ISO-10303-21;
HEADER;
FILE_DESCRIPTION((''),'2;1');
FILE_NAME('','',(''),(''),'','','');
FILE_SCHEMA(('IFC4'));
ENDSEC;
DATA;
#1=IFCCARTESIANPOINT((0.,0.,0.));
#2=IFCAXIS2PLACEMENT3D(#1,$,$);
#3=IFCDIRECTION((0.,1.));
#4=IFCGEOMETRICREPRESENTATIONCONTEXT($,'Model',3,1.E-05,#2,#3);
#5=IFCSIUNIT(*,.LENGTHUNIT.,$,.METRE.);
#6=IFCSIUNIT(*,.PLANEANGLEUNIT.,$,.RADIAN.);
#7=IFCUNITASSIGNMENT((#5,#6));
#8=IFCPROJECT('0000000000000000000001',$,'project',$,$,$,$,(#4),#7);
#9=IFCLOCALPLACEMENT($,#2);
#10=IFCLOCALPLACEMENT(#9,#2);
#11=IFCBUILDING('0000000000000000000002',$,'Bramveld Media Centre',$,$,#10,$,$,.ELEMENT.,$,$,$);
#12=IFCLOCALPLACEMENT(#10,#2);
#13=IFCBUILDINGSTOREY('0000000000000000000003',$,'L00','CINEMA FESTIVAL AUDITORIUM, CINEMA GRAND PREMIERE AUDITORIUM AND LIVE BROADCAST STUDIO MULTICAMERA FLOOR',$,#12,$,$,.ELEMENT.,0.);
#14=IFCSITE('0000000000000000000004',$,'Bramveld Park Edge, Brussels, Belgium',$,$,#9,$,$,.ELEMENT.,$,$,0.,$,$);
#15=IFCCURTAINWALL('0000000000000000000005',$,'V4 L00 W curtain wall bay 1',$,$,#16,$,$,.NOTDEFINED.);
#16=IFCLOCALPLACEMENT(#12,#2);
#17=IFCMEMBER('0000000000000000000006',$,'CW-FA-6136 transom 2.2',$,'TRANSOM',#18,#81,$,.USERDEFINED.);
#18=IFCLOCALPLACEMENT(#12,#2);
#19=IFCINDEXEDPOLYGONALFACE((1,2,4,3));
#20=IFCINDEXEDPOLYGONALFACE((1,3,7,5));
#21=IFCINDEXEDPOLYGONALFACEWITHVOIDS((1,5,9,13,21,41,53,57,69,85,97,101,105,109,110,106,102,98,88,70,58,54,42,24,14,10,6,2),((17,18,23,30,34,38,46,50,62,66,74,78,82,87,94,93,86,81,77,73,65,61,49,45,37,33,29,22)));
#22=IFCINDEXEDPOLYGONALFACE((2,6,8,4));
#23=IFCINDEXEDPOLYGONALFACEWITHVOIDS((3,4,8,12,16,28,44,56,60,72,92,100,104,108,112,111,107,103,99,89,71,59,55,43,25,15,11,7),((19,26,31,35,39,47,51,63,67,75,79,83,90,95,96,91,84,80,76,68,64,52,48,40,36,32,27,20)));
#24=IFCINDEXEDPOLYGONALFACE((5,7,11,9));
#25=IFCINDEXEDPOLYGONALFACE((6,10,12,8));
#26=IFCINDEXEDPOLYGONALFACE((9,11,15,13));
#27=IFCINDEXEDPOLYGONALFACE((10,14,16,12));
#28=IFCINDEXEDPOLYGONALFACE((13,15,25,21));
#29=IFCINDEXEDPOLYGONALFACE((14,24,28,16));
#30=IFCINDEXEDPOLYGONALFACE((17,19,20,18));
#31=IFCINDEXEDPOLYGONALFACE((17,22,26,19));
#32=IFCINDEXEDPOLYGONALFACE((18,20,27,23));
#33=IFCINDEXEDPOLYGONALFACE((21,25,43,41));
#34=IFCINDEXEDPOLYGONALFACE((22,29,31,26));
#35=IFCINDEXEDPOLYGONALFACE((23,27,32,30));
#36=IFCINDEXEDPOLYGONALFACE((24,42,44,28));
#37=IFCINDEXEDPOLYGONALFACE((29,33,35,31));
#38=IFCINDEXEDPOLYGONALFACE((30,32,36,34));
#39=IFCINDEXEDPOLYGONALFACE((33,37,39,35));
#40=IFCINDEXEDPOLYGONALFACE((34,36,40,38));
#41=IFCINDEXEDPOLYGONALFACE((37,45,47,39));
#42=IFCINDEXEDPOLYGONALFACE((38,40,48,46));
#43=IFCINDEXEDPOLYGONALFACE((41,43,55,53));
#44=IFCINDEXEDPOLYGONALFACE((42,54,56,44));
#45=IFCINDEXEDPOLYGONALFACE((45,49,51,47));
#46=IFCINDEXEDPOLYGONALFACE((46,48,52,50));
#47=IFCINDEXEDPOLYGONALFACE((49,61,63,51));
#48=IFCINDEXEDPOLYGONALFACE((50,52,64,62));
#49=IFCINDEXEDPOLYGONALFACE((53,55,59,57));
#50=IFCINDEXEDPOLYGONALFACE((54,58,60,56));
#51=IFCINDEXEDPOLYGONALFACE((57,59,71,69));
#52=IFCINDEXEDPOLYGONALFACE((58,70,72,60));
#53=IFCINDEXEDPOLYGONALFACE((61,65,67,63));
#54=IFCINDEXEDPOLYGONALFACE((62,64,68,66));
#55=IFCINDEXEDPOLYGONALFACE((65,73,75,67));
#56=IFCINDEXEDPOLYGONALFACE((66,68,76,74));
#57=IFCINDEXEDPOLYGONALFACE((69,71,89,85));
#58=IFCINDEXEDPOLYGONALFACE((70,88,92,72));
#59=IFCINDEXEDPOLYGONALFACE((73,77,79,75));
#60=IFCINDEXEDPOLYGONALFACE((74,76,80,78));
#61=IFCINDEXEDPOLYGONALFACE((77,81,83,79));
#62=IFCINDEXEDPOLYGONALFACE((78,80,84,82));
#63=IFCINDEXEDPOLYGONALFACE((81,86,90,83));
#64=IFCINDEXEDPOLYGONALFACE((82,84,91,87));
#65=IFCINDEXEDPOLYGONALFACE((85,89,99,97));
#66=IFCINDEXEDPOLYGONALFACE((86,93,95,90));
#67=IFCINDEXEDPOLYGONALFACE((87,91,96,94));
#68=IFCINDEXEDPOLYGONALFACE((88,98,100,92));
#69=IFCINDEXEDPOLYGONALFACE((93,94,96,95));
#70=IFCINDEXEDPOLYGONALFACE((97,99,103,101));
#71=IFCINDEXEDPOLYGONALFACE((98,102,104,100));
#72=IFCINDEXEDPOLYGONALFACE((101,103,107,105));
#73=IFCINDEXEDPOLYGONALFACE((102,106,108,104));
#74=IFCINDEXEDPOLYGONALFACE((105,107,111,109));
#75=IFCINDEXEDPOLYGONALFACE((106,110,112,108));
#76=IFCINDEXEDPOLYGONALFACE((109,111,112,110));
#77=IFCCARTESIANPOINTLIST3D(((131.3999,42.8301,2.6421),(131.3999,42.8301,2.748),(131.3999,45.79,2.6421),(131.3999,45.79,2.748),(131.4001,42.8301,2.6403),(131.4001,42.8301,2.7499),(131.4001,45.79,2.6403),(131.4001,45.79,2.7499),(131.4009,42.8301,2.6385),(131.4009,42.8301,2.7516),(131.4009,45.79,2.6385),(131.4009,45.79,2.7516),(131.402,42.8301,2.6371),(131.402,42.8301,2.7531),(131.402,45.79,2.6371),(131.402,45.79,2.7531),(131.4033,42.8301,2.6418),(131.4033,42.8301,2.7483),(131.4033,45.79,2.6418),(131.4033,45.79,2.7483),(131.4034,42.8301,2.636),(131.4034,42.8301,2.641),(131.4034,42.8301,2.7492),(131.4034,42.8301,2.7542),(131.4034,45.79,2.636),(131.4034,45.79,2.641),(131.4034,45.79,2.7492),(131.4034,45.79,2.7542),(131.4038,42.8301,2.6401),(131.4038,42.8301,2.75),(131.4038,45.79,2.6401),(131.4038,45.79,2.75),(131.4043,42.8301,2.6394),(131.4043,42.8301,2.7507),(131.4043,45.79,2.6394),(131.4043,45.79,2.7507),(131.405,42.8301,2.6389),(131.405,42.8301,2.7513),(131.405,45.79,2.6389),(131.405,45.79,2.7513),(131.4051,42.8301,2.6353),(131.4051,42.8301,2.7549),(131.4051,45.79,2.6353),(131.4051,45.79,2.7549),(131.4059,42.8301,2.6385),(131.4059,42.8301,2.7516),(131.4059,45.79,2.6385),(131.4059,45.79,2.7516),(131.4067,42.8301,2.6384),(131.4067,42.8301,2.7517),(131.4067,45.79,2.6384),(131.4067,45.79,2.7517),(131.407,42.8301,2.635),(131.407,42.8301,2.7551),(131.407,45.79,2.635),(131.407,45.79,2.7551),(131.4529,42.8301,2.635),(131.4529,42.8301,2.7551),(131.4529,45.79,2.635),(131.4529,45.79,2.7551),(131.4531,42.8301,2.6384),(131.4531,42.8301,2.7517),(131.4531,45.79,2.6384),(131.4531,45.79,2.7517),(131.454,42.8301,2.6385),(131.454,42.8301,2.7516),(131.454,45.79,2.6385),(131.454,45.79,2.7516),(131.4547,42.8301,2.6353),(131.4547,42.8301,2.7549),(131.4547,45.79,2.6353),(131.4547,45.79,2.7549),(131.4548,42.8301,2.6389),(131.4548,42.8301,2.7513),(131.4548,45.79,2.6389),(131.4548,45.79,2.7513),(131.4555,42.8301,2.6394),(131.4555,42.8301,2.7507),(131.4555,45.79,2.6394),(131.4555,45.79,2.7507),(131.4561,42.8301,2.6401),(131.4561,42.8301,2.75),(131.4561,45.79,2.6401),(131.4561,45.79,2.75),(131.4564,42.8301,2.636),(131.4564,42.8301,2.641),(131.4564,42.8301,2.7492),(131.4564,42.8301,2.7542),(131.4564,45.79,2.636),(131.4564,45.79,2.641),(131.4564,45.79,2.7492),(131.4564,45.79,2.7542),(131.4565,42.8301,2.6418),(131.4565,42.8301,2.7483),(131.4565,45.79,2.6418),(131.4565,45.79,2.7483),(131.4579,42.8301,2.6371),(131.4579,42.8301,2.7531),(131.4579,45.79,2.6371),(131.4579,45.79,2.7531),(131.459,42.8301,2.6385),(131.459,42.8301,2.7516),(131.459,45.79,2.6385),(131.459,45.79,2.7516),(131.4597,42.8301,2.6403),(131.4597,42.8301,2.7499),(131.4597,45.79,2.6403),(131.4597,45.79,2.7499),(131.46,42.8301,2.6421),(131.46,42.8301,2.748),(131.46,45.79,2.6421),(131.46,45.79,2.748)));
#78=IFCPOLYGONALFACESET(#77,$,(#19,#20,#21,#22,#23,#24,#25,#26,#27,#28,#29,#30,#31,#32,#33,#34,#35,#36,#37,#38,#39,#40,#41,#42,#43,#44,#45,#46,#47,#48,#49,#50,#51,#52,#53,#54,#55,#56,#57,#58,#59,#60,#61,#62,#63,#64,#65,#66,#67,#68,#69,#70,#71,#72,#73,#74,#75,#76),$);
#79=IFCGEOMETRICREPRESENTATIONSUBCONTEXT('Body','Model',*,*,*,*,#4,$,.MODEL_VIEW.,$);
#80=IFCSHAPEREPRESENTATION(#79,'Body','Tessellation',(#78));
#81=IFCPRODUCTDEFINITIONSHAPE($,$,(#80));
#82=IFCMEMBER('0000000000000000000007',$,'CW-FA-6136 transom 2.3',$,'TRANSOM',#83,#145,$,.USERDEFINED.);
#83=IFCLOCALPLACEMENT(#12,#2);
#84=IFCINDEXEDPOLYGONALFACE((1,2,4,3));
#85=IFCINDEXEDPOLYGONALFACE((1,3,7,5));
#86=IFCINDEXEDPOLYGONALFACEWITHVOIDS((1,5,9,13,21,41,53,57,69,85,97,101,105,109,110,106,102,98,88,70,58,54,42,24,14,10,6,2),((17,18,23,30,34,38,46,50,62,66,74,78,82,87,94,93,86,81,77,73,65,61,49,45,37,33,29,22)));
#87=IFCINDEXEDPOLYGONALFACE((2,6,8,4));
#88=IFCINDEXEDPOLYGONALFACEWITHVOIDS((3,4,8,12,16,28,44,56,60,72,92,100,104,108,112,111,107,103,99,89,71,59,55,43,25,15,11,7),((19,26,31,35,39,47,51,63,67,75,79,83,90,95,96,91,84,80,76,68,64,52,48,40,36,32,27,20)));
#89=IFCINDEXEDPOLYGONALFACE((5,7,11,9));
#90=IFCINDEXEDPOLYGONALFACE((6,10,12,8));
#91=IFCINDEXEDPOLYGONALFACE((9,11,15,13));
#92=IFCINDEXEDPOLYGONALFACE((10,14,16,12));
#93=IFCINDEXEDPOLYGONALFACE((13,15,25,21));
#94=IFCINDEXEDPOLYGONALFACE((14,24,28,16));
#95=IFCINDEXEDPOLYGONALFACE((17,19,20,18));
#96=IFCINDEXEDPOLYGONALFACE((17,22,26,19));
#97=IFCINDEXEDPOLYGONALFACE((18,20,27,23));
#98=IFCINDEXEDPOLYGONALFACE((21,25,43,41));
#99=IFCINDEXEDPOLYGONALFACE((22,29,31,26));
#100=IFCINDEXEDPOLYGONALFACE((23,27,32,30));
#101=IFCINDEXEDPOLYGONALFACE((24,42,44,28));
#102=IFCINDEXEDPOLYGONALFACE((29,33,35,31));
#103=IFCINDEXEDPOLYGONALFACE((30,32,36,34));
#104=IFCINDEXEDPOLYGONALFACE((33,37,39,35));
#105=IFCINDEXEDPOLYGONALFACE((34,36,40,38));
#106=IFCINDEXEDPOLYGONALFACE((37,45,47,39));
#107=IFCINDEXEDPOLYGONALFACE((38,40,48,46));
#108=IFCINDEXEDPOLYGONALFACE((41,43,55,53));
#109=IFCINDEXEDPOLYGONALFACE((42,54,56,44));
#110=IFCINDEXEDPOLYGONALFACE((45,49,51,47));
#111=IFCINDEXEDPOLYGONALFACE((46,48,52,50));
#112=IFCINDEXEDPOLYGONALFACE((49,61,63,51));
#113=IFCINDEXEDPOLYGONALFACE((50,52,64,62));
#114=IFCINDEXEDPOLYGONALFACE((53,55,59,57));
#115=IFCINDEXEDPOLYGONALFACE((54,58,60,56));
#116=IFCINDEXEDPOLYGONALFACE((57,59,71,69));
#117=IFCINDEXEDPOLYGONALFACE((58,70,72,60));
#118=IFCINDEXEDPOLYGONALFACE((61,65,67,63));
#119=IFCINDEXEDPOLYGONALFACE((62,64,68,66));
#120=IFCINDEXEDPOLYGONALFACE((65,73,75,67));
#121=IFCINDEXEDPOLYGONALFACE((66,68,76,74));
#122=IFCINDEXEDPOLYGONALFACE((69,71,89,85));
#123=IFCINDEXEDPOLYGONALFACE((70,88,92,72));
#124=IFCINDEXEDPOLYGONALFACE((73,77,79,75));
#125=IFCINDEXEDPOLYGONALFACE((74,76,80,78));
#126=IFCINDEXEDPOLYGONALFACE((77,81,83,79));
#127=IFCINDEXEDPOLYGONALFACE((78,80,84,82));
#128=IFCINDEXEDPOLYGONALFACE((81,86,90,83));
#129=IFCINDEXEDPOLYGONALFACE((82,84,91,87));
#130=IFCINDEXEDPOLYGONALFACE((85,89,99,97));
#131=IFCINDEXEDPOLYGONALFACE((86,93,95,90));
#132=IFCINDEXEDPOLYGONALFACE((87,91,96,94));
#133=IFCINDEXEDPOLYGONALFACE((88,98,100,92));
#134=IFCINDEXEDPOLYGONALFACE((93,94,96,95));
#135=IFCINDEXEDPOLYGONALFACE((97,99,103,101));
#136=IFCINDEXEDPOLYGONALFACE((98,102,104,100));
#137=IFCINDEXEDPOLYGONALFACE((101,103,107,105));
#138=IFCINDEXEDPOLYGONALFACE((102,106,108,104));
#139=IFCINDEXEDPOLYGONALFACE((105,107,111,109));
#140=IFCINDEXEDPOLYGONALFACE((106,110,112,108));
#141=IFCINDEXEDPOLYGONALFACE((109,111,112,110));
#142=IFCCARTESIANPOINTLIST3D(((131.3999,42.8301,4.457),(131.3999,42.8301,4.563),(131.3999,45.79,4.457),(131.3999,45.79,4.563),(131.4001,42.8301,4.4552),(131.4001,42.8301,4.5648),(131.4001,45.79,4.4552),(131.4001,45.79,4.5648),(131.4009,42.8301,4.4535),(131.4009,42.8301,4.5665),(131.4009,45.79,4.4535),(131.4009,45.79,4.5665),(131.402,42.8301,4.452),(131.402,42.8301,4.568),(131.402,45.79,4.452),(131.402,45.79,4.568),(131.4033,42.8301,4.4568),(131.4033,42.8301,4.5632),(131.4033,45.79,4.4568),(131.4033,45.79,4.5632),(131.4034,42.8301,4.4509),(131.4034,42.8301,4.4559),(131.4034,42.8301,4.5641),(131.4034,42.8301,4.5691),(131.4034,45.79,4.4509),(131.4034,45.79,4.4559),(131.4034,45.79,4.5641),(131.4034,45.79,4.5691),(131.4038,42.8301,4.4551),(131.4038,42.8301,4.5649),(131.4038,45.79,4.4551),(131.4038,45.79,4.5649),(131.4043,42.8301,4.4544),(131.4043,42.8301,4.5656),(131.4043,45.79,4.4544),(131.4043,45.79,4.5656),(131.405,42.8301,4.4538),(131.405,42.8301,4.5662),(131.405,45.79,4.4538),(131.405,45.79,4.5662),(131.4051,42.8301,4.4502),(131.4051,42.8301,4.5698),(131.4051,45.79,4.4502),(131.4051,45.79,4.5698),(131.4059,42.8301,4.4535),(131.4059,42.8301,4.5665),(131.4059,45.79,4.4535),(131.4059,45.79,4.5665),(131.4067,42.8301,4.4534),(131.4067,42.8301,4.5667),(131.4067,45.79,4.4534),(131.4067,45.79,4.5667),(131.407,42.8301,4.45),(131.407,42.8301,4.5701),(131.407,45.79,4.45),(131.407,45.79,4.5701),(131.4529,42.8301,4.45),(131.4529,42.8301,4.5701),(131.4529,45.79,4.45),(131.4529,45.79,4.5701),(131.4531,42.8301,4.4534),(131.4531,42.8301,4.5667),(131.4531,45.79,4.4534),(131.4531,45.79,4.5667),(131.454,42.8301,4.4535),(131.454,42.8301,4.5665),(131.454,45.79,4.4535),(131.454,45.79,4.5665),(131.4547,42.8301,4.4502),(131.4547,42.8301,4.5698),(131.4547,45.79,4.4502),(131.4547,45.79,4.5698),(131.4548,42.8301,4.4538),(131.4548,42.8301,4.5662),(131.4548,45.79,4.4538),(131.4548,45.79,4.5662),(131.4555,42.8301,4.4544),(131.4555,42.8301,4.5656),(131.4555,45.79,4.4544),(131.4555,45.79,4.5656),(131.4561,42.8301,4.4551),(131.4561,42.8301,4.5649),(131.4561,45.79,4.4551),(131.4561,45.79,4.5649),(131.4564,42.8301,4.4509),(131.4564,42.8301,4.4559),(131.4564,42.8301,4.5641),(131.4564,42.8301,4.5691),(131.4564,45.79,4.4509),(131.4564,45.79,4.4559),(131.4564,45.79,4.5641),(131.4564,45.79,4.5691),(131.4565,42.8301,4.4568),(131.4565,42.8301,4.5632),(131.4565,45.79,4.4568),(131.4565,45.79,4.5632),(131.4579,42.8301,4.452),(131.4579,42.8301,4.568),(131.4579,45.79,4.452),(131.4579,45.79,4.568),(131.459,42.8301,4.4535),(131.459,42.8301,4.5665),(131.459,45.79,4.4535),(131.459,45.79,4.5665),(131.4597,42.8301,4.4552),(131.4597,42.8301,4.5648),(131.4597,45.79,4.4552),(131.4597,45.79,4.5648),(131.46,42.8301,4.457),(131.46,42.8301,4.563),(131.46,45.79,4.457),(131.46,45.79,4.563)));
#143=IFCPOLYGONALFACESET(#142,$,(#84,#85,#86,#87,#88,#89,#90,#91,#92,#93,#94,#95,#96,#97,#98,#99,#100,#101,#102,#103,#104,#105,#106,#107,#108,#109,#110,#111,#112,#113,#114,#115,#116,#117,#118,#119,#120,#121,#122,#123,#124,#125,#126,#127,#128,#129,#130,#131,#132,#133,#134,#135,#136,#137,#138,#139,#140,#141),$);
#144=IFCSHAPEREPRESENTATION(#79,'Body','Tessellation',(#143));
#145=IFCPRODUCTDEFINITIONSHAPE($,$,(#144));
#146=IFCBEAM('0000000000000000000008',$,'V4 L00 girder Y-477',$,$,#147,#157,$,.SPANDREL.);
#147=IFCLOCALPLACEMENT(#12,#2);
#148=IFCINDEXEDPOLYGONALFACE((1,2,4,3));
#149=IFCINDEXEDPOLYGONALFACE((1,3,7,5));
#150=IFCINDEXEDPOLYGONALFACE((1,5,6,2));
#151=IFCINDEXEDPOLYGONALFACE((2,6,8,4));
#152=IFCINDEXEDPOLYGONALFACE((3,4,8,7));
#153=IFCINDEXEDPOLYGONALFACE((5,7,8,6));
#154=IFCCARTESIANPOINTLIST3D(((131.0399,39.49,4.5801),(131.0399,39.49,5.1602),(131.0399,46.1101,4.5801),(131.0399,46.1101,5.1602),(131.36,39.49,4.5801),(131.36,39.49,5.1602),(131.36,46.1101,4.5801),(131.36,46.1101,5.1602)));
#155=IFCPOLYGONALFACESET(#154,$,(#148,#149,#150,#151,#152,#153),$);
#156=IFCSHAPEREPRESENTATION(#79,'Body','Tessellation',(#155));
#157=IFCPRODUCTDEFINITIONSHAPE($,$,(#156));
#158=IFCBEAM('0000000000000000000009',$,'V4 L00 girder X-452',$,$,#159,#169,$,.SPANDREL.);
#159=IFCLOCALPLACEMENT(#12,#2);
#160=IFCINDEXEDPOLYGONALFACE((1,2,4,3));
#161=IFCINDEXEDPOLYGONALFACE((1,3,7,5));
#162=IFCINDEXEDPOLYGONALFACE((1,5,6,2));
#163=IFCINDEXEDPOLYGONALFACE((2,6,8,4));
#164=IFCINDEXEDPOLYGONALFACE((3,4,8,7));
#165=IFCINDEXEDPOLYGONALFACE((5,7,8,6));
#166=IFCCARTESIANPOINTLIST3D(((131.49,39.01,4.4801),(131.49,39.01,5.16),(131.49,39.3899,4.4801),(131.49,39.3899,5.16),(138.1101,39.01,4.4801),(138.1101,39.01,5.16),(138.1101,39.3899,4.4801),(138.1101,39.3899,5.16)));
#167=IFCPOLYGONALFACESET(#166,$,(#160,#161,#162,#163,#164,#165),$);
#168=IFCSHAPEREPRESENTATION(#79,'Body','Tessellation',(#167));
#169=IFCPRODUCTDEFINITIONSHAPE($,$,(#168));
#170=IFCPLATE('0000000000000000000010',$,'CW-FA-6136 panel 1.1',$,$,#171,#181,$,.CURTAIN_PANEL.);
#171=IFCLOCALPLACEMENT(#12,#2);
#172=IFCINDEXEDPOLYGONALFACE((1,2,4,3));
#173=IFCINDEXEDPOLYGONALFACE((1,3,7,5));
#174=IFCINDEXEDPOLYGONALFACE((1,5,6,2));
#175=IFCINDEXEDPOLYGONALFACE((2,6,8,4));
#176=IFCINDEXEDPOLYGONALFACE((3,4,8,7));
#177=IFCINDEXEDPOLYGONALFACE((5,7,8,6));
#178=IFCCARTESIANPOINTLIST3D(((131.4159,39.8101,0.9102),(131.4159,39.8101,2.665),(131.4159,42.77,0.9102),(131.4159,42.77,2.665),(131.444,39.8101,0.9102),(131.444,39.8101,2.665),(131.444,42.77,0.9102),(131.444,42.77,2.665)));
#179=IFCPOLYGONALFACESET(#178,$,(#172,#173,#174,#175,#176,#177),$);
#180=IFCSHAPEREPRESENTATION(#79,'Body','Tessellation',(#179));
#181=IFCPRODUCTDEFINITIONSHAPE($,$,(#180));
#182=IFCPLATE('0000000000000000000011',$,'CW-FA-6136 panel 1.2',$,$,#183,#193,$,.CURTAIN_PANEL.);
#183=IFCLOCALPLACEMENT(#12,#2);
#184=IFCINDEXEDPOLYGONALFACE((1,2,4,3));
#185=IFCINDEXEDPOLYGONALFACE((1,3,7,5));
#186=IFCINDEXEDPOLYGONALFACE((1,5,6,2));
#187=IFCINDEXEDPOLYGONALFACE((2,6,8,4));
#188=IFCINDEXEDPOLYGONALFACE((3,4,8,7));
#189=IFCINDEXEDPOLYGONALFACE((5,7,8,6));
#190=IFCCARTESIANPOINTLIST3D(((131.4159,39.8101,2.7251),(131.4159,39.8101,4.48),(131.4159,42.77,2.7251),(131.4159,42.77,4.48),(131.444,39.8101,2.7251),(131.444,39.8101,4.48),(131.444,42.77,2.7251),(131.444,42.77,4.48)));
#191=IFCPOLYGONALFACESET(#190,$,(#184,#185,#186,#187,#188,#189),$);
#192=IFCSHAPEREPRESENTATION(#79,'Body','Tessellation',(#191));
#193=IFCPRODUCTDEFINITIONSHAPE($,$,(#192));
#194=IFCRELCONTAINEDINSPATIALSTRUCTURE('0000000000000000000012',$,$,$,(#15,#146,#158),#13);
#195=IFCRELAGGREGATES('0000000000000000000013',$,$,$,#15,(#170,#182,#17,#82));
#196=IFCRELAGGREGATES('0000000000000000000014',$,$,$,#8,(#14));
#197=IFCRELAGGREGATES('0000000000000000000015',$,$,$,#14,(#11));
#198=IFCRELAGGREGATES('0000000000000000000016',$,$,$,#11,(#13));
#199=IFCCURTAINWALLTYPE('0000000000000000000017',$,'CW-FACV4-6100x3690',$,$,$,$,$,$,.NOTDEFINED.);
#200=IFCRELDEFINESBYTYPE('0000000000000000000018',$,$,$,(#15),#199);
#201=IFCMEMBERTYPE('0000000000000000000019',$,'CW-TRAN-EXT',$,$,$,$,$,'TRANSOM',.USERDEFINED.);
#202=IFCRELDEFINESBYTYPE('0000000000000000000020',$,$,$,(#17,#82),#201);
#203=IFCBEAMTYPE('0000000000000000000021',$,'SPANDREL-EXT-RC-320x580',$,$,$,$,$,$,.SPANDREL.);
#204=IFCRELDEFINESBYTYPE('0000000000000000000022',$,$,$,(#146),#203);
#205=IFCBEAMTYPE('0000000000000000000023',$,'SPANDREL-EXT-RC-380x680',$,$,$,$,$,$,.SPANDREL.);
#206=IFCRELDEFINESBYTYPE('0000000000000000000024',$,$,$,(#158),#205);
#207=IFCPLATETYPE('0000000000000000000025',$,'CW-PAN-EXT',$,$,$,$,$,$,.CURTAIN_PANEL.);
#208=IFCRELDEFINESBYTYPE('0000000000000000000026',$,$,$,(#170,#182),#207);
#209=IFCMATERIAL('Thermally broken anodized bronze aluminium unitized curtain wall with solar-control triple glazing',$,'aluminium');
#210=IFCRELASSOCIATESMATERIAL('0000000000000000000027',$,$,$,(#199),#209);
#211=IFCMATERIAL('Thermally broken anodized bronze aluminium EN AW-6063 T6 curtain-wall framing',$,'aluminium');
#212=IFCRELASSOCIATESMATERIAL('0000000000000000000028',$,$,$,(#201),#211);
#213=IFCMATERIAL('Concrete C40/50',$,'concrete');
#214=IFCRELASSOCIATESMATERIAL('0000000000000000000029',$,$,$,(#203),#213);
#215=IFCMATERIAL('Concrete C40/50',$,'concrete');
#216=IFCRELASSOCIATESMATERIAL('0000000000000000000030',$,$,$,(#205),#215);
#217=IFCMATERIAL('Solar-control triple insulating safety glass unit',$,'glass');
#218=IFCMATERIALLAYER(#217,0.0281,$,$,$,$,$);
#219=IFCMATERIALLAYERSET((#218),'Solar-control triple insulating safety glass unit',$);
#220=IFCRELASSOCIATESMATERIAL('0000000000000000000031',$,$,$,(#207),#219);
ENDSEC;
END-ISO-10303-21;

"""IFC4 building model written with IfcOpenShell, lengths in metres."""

from ifc_helpers import new_model, si_unit, direction, frame, origin, origin_2d, place, context, subcontext, project, spatial, rectangle, hollow_rectangle, extrude, material, layer, layer_set, material_profile, profile_set, type_object, element, aggregate, save


model = new_model("IFC4")

# Units and contexts
model_context = context("Model", 3, precision=1e-05, world=origin(), true_north=direction((0.0, 1.0)))
body_context = subcontext(model_context, "Body", "Model", "MODEL_VIEW")
ifc_project = project(units=[si_unit("LENGTHUNIT", "METRE"), si_unit("PLANEANGLEUNIT", "RADIAN")], contexts=[model_context])

# Site, building, storey
site_placement = place(None, origin())
site = spatial("IfcSite", under=ifc_project, at=site_placement, Name="Bramveld Park Edge, Brussels, Belgium", CompositionType="ELEMENT", RefElevation=0.0)
building_placement = place(site_placement, origin())
building = spatial("IfcBuilding", under=site, at=building_placement, Name="Bramveld Media Centre", CompositionType="ELEMENT")
storey_placement = place(building_placement, origin())
storey = spatial("IfcBuildingStorey", under=building, at=storey_placement, Name="L00", Description="CINEMA FESTIVAL AUDITORIUM, CINEMA GRAND PREMIERE AUDITORIUM AND LIVE BROADCAST STUDIO MULTICAMERA FLOOR", CompositionType="ELEMENT", Elevation=0.0)

# Curtain wall, members
ifc_material_1 = material(Name="Thermally broken anodized bronze aluminium unitized curtain wall with solar-control triple glazing", Category="aluminium")
curtain_wall_type = type_object("IfcCurtainWallType", Name="CW-FACV4-6100x3690", PredefinedType="NOTDEFINED", material=ifc_material_1)
curtain_wall_placement = place(storey_placement, origin())
curtain_wall = element("IfcCurtainWall", 1, at=curtain_wall_placement, inside=storey, type_object=curtain_wall_type, Name="V4 L00 W curtain wall bay 1", PredefinedType="NOTDEFINED")
ifc_material_2 = material(Name="Thermally broken anodized bronze aluminium EN AW-6063 T6 curtain-wall framing", Category="aluminium")
ifc_material_profile_1 = material_profile(ifc_material_2, hollow_rectangle(XDim=0.0601, YDim=0.1201, WallThickness=0.0034, InnerFilletRadius=0.0034, OuterFilletRadius=0.0071, at=origin_2d()), Name="AL-TRAN 60x120")
ifc_profile_set_1 = profile_set([ifc_material_profile_1], Name="Thermally broken anodized bronze aluminium EN AW-6063 T6 curtain-wall framing")
member_type_1 = type_object("IfcMemberType", Name="CW-TRAN-EXT", ElementType="TRANSOM", PredefinedType="USERDEFINED", material=ifc_profile_set_1)
member_1_placement = place(storey_placement, frame((131.4299, 42.8301, 2.6951), z_axis=(0.0, 1.0, 0.0), x_axis=(-1.0, 0.0, 0.0)))
member_1 = element("IfcMember", 2, at=member_1_placement, type_object=member_type_1, Name="CW-FA-6136 transom 2.2", ObjectType="TRANSOM", PredefinedType="USERDEFINED", context=body_context, shape_type="SweptSolid", body=[
    extrude(hollow_rectangle(XDim=0.0601, YDim=0.1201, WallThickness=0.0034, InnerFilletRadius=0.0034, OuterFilletRadius=0.0071, at=origin_2d()), origin(), (0.0, 0.0, 1.0), 2.96),
])
member_2_placement = place(storey_placement, frame((131.4299, 42.8301, 4.51), z_axis=(0.0, 1.0, 0.0), x_axis=(-1.0, 0.0, 0.0)))
member_2 = element("IfcMember", 3, at=member_2_placement, type_object=member_type_1, Name="CW-FA-6136 transom 2.3", ObjectType="TRANSOM", PredefinedType="USERDEFINED", context=body_context, shape_type="SweptSolid", body=[
    extrude(hollow_rectangle(XDim=0.0601, YDim=0.1201, WallThickness=0.0034, InnerFilletRadius=0.0034, OuterFilletRadius=0.0071, at=origin_2d()), origin(), (0.0, 0.0, 1.0), 2.96),
])

# Beams
ifc_material_3 = material(Name="Concrete C40/50", Category="concrete")
ifc_material_profile_2 = material_profile(ifc_material_3, rectangle(XDim=0.3201, YDim=0.5801, at=origin_2d()), Name="RC 320x580")
ifc_profile_set_2 = profile_set([ifc_material_profile_2], Name="Concrete C40/50")
beam_type_1 = type_object("IfcBeamType", Name="SPANDREL-EXT-RC-320x580", PredefinedType="SPANDREL", material=ifc_profile_set_2)
beam_1_placement = place(storey_placement, frame((131.2, 39.49, 4.8701), z_axis=(0.0, 1.0, 0.0), x_axis=(-1.0, 0.0, 0.0)))
element("IfcBeam", 4, at=beam_1_placement, inside=storey, type_object=beam_type_1, Name="V4 L00 girder Y-477", PredefinedType="SPANDREL", context=body_context, shape_type="SweptSolid", body=[
    extrude(rectangle(XDim=0.3201, YDim=0.5801, at=origin_2d()), origin(), (0.0, 0.0, 1.0), 6.6201),
])
ifc_material_4 = material(Name="Concrete C40/50", Category="concrete")
ifc_material_profile_3 = material_profile(ifc_material_4, rectangle(XDim=0.3799, YDim=0.6799, at=origin_2d()), Name="RC 380x680")
ifc_profile_set_3 = profile_set([ifc_material_profile_3], Name="Concrete C40/50")
beam_type_2 = type_object("IfcBeamType", Name="SPANDREL-EXT-RC-380x680", PredefinedType="SPANDREL", material=ifc_profile_set_3)
beam_2_placement = place(storey_placement, frame((131.49, 39.2, 4.8201), z_axis=(1.0, 0.0, 0.0), x_axis=(0.0, 1.0, 0.0)))
element("IfcBeam", 5, at=beam_2_placement, inside=storey, type_object=beam_type_2, Name="V4 L00 girder X-452", PredefinedType="SPANDREL", context=body_context, shape_type="SweptSolid", body=[
    extrude(rectangle(XDim=0.3799, YDim=0.6799, at=origin_2d()), origin(), (0.0, 0.0, 1.0), 6.6201),
])

# Plates
ifc_material_5 = material(Name="Solar-control triple insulating safety glass unit", Category="glass")
ifc_layer_1 = layer(ifc_material_5, 0.0281)
ifc_layer_set_1 = layer_set([ifc_layer_1], Name="Solar-control triple insulating safety glass unit")
plate_type = type_object("IfcPlateType", Name="CW-PAN-EXT", PredefinedType="CURTAIN_PANEL", material=ifc_layer_set_1)
plate_1_placement = place(storey_placement, frame((131.4299, 41.29, 0.9102), z_axis=(0.0, 0.0, 1.0), x_axis=(0.0, 1.0, 0.0)))
plate_1 = element("IfcPlate", 6, at=plate_1_placement, type_object=plate_type, Name="CW-FA-6136 panel 1.1", PredefinedType="CURTAIN_PANEL", context=body_context, shape_type="SweptSolid", body=[
    extrude(rectangle(XDim=2.96, YDim=0.0281, at=origin_2d()), origin(), (0.0, 0.0, 1.0), 1.7549),
])
plate_2_placement = place(storey_placement, frame((131.4299, 41.29, 2.7251), z_axis=(0.0, 0.0, 1.0), x_axis=(0.0, 1.0, 0.0)))
plate_2 = element("IfcPlate", 7, at=plate_2_placement, type_object=plate_type, Name="CW-FA-6136 panel 1.2", PredefinedType="CURTAIN_PANEL", context=body_context, shape_type="SweptSolid", body=[
    extrude(rectangle(XDim=2.96, YDim=0.0281, at=origin_2d()), origin(), (0.0, 0.0, 1.0), 1.7549),
])
aggregate(curtain_wall, [plate_1, plate_2, member_1, member_2])

save(model, "model.ifc")
